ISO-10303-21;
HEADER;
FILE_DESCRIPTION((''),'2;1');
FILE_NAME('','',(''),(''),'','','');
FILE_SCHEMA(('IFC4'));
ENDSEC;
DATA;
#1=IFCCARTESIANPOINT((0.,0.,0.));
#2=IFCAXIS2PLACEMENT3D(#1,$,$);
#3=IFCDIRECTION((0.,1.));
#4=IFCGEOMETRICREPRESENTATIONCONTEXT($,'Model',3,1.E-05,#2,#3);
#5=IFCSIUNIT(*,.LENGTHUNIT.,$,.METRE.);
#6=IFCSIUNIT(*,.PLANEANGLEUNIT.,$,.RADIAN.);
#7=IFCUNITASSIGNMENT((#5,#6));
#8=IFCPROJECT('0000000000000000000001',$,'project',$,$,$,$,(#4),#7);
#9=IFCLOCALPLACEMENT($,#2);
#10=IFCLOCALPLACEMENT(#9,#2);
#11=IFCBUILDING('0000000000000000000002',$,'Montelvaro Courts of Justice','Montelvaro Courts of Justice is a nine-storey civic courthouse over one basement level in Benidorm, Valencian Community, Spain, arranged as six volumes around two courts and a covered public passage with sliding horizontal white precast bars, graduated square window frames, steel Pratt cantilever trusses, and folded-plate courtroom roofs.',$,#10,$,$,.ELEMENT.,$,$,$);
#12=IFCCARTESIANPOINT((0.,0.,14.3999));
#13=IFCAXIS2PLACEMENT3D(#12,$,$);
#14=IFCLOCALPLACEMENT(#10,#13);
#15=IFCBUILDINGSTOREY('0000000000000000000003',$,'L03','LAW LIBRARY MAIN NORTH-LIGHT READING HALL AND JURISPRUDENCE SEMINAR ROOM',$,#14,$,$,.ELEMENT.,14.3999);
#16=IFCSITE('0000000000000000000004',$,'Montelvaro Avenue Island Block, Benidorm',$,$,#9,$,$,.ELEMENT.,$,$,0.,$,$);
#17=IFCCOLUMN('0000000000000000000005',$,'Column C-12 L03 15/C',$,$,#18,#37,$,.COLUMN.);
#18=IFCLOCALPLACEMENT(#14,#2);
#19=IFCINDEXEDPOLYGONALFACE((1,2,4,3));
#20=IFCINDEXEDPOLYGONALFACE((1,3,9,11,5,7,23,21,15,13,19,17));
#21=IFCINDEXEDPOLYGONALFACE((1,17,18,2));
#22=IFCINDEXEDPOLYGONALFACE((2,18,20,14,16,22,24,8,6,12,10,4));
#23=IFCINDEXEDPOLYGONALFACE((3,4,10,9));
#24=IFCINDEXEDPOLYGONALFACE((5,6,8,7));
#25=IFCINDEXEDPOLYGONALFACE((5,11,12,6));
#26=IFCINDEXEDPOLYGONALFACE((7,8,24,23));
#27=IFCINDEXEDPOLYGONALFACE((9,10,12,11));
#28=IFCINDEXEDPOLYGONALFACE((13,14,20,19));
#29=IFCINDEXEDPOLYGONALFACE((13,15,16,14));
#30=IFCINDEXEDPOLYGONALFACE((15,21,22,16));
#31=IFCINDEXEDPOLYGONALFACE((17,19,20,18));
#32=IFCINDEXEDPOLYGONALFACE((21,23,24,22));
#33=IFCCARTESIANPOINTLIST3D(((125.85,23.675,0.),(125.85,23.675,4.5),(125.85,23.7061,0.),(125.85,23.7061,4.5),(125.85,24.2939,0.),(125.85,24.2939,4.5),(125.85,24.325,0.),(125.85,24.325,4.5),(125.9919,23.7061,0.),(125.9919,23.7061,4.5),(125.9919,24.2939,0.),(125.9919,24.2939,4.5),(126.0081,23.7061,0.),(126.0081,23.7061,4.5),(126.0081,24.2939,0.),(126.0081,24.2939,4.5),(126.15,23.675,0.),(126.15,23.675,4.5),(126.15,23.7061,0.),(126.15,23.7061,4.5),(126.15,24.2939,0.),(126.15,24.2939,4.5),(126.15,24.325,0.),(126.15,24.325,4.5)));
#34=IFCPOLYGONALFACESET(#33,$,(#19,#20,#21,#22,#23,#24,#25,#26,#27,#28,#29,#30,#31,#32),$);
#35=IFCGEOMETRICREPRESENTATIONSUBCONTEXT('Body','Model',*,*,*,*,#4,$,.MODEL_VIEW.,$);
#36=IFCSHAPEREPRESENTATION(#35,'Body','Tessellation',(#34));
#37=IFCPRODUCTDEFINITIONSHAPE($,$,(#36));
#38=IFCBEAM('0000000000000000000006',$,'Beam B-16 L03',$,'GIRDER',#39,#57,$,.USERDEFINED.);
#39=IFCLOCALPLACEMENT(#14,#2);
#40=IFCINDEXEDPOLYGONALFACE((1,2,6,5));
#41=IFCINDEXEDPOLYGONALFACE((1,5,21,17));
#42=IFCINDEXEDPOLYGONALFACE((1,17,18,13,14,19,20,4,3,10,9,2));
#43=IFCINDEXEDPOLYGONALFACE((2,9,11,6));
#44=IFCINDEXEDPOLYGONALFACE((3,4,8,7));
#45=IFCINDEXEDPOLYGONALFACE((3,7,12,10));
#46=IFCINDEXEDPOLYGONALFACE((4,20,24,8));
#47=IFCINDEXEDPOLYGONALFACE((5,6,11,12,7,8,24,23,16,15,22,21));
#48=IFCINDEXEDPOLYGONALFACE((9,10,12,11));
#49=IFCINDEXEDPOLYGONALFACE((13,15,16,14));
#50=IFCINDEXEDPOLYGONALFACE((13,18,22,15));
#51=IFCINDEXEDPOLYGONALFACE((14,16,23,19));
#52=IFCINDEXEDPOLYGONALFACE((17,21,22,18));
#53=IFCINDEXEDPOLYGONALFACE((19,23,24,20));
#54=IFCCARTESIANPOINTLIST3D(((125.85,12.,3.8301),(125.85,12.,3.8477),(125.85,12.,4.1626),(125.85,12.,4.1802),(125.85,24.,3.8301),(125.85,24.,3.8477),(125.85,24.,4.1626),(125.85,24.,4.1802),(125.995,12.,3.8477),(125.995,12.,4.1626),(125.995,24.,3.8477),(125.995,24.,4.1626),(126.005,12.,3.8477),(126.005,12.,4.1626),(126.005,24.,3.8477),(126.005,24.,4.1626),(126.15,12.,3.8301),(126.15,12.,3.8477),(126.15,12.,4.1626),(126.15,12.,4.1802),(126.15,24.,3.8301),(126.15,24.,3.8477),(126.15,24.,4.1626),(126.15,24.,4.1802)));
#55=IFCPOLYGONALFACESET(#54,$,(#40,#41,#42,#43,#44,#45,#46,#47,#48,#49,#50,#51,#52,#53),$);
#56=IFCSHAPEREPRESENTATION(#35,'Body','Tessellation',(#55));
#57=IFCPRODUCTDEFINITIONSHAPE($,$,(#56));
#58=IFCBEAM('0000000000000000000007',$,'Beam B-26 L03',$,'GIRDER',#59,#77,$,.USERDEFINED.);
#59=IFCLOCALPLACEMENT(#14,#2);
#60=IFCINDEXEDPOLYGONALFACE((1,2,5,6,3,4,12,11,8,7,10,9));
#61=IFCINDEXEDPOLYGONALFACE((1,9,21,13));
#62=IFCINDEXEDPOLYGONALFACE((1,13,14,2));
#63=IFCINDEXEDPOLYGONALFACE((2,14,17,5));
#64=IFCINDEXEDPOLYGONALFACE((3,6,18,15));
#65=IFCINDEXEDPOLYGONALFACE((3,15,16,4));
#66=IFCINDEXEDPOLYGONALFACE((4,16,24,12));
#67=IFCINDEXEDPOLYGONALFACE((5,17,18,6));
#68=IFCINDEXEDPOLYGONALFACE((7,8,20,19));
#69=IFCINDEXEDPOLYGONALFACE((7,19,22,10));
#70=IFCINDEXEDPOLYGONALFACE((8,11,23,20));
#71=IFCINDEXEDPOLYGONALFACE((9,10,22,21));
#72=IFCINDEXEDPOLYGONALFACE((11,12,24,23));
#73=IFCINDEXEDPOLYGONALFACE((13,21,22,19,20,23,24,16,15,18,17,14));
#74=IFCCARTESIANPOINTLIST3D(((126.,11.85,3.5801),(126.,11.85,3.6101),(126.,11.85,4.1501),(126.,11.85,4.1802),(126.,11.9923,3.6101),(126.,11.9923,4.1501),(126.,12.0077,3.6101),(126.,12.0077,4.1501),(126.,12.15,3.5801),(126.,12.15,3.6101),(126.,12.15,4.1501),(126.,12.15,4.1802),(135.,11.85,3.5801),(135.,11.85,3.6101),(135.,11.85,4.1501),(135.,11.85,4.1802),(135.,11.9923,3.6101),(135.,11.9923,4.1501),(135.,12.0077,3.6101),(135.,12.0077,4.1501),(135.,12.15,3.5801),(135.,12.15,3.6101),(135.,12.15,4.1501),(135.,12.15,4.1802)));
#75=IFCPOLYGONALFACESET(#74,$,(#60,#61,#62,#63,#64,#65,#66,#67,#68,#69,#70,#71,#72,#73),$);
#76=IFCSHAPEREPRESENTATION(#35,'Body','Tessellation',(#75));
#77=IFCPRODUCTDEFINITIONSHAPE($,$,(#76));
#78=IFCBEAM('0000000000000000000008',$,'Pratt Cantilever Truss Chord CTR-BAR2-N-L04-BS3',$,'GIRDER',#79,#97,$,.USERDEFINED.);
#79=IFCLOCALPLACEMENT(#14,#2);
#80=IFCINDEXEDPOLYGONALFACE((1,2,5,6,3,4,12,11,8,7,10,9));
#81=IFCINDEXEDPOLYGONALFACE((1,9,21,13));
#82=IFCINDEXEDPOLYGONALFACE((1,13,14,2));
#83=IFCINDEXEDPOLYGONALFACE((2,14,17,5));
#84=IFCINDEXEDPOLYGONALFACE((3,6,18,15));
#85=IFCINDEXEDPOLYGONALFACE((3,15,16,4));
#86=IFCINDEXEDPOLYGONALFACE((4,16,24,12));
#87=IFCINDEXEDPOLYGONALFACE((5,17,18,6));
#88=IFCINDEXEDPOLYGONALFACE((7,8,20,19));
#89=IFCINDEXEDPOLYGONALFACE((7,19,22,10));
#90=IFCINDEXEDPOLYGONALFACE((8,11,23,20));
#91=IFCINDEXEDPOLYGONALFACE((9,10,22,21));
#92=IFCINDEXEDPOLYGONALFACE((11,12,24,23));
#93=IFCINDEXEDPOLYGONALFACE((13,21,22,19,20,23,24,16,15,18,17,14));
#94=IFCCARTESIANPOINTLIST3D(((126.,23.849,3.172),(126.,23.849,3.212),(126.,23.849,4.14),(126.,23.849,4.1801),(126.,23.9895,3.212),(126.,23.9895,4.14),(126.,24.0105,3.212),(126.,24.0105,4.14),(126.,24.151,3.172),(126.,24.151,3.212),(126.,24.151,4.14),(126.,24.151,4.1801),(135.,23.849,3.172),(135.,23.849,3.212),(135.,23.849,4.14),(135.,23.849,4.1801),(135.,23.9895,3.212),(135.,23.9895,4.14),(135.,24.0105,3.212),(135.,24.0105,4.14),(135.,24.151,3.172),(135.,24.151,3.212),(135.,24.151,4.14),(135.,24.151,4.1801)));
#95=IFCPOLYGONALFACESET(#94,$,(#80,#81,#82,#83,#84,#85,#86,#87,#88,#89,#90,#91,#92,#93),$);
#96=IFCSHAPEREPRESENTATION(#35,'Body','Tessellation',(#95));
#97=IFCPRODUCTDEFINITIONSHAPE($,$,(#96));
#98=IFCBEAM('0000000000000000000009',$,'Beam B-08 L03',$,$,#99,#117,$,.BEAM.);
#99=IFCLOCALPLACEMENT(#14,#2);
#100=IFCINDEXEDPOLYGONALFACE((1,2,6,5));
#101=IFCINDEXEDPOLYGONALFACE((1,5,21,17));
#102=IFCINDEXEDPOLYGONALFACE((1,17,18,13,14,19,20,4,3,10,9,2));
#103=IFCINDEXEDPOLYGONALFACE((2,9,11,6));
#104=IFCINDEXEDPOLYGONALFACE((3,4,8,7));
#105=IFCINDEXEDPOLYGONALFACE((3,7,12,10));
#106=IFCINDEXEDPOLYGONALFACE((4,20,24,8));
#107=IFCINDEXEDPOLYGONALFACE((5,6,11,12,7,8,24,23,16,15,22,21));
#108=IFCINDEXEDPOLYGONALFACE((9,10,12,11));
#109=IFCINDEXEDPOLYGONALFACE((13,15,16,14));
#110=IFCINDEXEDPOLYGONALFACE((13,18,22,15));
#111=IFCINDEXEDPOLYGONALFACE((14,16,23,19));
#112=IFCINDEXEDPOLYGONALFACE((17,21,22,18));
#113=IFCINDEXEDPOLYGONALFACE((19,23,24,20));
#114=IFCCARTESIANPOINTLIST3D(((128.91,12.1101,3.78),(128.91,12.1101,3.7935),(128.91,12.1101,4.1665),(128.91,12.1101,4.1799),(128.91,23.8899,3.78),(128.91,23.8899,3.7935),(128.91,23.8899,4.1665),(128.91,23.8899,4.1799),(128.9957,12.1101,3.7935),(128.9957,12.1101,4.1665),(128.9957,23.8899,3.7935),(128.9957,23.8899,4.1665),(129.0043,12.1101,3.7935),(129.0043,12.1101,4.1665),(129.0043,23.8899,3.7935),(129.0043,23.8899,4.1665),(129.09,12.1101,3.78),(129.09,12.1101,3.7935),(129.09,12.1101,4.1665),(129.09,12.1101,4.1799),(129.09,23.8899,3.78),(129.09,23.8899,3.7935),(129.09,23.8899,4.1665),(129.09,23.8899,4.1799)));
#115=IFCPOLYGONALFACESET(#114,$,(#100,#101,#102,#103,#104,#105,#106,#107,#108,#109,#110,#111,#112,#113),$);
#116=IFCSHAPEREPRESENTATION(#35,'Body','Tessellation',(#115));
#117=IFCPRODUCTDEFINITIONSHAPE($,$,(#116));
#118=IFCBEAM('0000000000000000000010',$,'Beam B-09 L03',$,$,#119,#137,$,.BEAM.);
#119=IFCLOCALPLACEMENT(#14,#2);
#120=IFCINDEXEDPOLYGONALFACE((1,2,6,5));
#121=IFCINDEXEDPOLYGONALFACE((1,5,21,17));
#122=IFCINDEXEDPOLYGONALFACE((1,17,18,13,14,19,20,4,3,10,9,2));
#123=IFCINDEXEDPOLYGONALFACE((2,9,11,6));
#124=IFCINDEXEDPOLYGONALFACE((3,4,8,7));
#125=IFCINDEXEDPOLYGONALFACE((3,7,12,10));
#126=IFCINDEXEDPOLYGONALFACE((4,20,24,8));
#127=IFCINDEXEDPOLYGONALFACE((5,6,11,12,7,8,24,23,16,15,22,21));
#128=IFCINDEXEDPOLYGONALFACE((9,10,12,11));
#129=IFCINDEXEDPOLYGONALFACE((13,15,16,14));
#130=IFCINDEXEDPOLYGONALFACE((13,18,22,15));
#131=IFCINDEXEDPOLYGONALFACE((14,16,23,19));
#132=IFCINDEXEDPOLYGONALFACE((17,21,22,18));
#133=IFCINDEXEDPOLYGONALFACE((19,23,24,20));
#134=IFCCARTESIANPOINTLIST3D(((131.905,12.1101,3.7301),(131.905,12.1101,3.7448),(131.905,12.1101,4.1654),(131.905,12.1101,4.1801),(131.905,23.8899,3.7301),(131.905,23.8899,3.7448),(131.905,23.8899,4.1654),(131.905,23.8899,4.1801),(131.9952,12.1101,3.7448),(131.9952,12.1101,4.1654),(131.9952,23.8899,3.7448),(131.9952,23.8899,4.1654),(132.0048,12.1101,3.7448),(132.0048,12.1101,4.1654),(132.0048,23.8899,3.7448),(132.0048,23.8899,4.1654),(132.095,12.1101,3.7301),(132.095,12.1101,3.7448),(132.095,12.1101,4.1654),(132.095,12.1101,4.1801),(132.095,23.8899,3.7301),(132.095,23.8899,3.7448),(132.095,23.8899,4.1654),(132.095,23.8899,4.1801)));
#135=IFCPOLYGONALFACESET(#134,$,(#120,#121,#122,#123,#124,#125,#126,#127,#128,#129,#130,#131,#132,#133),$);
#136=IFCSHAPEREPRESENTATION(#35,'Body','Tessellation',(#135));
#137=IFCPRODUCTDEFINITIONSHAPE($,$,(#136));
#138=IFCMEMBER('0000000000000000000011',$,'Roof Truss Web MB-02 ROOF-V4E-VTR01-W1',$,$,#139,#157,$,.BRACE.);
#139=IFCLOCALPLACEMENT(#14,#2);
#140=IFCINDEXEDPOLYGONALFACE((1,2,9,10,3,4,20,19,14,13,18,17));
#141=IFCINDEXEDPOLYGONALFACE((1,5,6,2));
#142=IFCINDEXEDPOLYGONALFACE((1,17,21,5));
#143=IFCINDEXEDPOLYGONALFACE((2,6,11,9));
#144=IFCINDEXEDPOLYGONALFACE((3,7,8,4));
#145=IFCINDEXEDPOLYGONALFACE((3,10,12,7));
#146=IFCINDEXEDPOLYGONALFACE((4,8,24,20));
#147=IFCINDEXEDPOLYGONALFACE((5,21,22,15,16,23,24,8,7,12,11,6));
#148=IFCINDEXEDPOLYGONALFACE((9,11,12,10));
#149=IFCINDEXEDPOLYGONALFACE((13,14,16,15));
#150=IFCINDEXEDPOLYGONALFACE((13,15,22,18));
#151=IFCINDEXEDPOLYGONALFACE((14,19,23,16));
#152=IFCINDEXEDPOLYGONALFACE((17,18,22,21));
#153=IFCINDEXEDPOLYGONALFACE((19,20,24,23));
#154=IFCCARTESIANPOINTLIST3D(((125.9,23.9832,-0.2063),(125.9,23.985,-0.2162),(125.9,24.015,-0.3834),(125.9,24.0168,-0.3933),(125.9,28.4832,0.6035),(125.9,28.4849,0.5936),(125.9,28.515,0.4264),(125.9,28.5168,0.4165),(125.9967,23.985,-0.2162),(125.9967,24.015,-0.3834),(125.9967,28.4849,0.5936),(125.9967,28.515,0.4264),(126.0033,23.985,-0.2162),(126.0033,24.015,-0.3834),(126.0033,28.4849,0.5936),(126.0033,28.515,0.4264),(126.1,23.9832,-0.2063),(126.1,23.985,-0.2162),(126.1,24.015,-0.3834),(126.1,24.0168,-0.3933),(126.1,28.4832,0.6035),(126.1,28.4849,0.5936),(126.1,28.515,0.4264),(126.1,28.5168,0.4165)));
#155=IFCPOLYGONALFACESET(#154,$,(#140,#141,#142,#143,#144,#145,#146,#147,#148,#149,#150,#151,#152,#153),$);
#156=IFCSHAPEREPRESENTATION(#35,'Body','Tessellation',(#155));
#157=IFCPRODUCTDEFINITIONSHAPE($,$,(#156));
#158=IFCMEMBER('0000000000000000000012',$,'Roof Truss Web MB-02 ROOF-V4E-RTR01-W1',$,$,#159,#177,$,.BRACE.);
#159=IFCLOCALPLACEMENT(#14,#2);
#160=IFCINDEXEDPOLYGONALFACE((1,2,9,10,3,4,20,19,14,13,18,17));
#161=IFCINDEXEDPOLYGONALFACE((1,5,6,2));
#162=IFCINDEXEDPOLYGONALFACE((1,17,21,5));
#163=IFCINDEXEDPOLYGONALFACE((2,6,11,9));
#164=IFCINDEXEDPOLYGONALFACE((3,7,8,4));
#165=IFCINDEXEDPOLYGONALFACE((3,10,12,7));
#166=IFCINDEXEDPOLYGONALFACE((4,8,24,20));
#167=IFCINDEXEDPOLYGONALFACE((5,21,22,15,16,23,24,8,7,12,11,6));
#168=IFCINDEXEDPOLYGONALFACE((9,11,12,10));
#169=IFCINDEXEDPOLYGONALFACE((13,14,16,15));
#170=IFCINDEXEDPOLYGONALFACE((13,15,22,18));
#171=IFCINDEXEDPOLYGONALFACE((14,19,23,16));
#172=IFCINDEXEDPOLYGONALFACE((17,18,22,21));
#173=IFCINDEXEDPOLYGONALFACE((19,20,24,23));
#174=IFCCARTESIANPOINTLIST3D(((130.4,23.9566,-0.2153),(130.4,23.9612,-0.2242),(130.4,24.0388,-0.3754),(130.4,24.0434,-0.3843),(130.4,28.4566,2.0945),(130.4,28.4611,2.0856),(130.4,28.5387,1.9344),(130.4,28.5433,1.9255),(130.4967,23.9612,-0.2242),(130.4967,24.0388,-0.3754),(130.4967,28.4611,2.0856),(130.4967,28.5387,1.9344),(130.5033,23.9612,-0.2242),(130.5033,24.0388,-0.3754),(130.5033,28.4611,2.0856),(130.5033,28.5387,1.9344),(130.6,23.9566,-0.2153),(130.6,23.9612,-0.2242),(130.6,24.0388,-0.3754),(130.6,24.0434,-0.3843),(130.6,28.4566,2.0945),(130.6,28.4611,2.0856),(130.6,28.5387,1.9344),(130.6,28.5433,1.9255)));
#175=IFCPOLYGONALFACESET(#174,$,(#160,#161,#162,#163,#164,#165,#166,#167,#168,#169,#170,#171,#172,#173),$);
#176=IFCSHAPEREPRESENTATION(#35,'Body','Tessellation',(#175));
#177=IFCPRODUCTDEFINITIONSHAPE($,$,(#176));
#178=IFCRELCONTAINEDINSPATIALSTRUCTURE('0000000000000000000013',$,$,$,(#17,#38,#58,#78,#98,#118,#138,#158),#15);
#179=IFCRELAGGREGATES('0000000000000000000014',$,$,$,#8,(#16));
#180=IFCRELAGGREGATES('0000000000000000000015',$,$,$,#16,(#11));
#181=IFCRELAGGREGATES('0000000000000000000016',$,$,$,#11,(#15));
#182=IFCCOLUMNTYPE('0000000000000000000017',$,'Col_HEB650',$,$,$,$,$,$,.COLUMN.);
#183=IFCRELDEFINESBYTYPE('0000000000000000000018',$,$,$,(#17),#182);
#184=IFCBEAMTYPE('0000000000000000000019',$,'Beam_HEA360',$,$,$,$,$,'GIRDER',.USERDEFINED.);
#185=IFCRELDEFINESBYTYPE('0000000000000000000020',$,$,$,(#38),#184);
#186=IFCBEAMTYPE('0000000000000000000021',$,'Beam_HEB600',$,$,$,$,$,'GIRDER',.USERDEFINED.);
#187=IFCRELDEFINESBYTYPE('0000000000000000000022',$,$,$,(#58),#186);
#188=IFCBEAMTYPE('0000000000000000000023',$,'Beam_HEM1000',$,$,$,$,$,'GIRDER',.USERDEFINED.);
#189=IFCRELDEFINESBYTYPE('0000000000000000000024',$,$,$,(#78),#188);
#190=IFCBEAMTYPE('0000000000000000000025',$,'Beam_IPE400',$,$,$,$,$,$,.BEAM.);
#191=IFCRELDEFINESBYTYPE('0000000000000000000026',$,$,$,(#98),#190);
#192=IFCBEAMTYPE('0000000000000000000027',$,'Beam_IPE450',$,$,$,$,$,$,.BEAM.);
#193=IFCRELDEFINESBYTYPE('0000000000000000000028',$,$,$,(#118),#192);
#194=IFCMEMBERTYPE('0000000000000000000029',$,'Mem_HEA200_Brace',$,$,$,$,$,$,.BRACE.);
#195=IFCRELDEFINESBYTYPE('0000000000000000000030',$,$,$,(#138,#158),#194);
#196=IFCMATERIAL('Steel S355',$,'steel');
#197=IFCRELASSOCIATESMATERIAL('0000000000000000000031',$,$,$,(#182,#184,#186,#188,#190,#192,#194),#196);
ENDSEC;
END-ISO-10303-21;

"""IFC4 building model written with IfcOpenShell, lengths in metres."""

from ifc_helpers import new_model, si_unit, direction, frame, origin, origin_2d, place, context, subcontext, project, spatial, i_section, extrude, material, material_profile, profile_set, type_object, element, save


model = new_model("IFC4")

# Units and contexts
model_context = context("Model", 3, precision=1e-05, world=origin(), true_north=direction((0.0, 1.0)))
body_context = subcontext(model_context, "Body", "Model", "MODEL_VIEW")
ifc_project = project(units=[si_unit("LENGTHUNIT", "METRE"), si_unit("PLANEANGLEUNIT", "RADIAN")], contexts=[model_context])

# Site, building, storey
site_placement = place(None, origin())
site = spatial("IfcSite", under=ifc_project, at=site_placement, Name="Montelvaro Avenue Island Block, Benidorm", CompositionType="ELEMENT", RefElevation=0.0)
building_placement = place(site_placement, origin())
building = spatial("IfcBuilding", under=site, at=building_placement, Name="Montelvaro Courts of Justice", Description="Montelvaro Courts of Justice is a nine-storey civic courthouse over one basement level in Benidorm, Valencian Community, Spain, arranged as six volumes around two courts and a covered public passage with sliding horizontal white precast bars, graduated square window frames, steel Pratt cantilever trusses, and folded-plate courtroom roofs.", CompositionType="ELEMENT")
storey_placement = place(building_placement, frame((0.0, 0.0, 14.3999)))
storey = spatial("IfcBuildingStorey", under=building, at=storey_placement, Name="L03", Description="LAW LIBRARY MAIN NORTH-LIGHT READING HALL AND JURISPRUDENCE SEMINAR ROOM", CompositionType="ELEMENT", Elevation=14.3999)

# Column
ifc_material_1 = material(Name="Steel S355", Category="steel")
ifc_material_profile_1 = material_profile(ifc_material_1, i_section(OverallWidth=0.3, OverallDepth=0.6499, WebThickness=0.0161, FlangeThickness=0.031, at=origin_2d()), Name="HEB 650")
ifc_profile_set_1 = profile_set([ifc_material_profile_1], Name="Steel S355")
column_type = type_object("IfcColumnType", Name="Col_HEB650", PredefinedType="COLUMN", material=ifc_profile_set_1)
column_placement = place(storey_placement, frame((126.0, 24.0, 0.0), z_axis=(0.0, 0.0, 1.0), x_axis=(1.0, 0.0, 0.0)))
element("IfcColumn", 1, at=column_placement, inside=storey, type_object=column_type, Name="Column C-12 L03 15/C", PredefinedType="COLUMN", context=body_context, shape_type="SweptSolid", body=[
    extrude(i_section(OverallWidth=0.3, OverallDepth=0.6499, WebThickness=0.0161, FlangeThickness=0.031, at=origin_2d()), origin(), (0.0, 0.0, 1.0), 4.5),
])

# Beams
ifc_material_profile_2 = material_profile(ifc_material_1, i_section(OverallWidth=0.3, OverallDepth=0.3501, WebThickness=0.01, FlangeThickness=0.0176, at=origin_2d()), Name="HEA 360")
ifc_profile_set_2 = profile_set([ifc_material_profile_2], Name="Steel S355")
beam_type_1 = type_object("IfcBeamType", Name="Beam_HEA360", ElementType="GIRDER", PredefinedType="USERDEFINED", material=ifc_profile_set_2)
beam_1_placement = place(storey_placement, frame((126.0, 12.0, 4.0051), z_axis=(0.0, 1.0, 0.0), x_axis=(-1.0, 0.0, 0.0)))
element("IfcBeam", 2, at=beam_1_placement, inside=storey, type_object=beam_type_1, Name="Beam B-16 L03", ObjectType="GIRDER", PredefinedType="USERDEFINED", context=body_context, shape_type="SweptSolid", body=[
    extrude(i_section(OverallWidth=0.3, OverallDepth=0.3501, WebThickness=0.01, FlangeThickness=0.0176, at=origin_2d()), origin(), (0.0, 0.0, 1.0), 12.0),
])
ifc_material_profile_3 = material_profile(ifc_material_1, i_section(OverallWidth=0.3, OverallDepth=0.6001, WebThickness=0.0154, FlangeThickness=0.03, at=origin_2d()), Name="HEB 600")
ifc_profile_set_3 = profile_set([ifc_material_profile_3], Name="Steel S355")
beam_type_2 = type_object("IfcBeamType", Name="Beam_HEB600", ElementType="GIRDER", PredefinedType="USERDEFINED", material=ifc_profile_set_3)
beam_2_placement = place(storey_placement, frame((126.0, 12.0, 3.8801), z_axis=(1.0, 0.0, 0.0), x_axis=(0.0, 1.0, 0.0)))
element("IfcBeam", 3, at=beam_2_placement, inside=storey, type_object=beam_type_2, Name="Beam B-26 L03", ObjectType="GIRDER", PredefinedType="USERDEFINED", context=body_context, shape_type="SweptSolid", body=[
    extrude(i_section(OverallWidth=0.3, OverallDepth=0.6001, WebThickness=0.0154, FlangeThickness=0.03, at=origin_2d()), origin(), (0.0, 0.0, 1.0), 9.0),
])
ifc_material_profile_4 = material_profile(ifc_material_1, i_section(OverallWidth=0.302, OverallDepth=1.0081, WebThickness=0.021, FlangeThickness=0.04, at=origin_2d()), Name="HEM 1000")
ifc_profile_set_4 = profile_set([ifc_material_profile_4], Name="Steel S355")
beam_type_3 = type_object("IfcBeamType", Name="Beam_HEM1000", ElementType="GIRDER", PredefinedType="USERDEFINED", material=ifc_profile_set_4)
beam_3_placement = place(storey_placement, frame((126.0, 24.0, 3.676), z_axis=(1.0, 0.0, 0.0), x_axis=(0.0, 1.0, 0.0)))
element("IfcBeam", 4, at=beam_3_placement, inside=storey, type_object=beam_type_3, Name="Pratt Cantilever Truss Chord CTR-BAR2-N-L04-BS3", ObjectType="GIRDER", PredefinedType="USERDEFINED", context=body_context, shape_type="SweptSolid", body=[
    extrude(i_section(OverallWidth=0.302, OverallDepth=1.0081, WebThickness=0.021, FlangeThickness=0.04, at=origin_2d()), origin(), (0.0, 0.0, 1.0), 9.0),
])
ifc_material_profile_5 = material_profile(ifc_material_1, i_section(OverallWidth=0.1799, OverallDepth=0.3999, WebThickness=0.0085, FlangeThickness=0.0134, at=origin_2d()), Name="IPE 400")
ifc_profile_set_5 = profile_set([ifc_material_profile_5], Name="Steel S355")
beam_type_4 = type_object("IfcBeamType", Name="Beam_IPE400", PredefinedType="BEAM", material=ifc_profile_set_5)
beam_4_placement = place(storey_placement, frame((129.0, 12.1101, 3.98), z_axis=(0.0, 1.0, 0.0), x_axis=(-1.0, 0.0, 0.0)))
element("IfcBeam", 5, at=beam_4_placement, inside=storey, type_object=beam_type_4, Name="Beam B-08 L03", PredefinedType="BEAM", context=body_context, shape_type="SweptSolid", body=[
    extrude(i_section(OverallWidth=0.1799, OverallDepth=0.3999, WebThickness=0.0085, FlangeThickness=0.0134, at=origin_2d()), origin(), (0.0, 0.0, 1.0), 11.7798),
])
ifc_material_profile_6 = material_profile(ifc_material_1, i_section(OverallWidth=0.1899, OverallDepth=0.45, WebThickness=0.0095, FlangeThickness=0.0146, at=origin_2d()), Name="IPE 450")
ifc_profile_set_6 = profile_set([ifc_material_profile_6], Name="Steel S355")
beam_type_5 = type_object("IfcBeamType", Name="Beam_IPE450", PredefinedType="BEAM", material=ifc_profile_set_6)
beam_5_placement = place(storey_placement, frame((132.0, 12.1101, 3.9551), z_axis=(0.0, 1.0, 0.0), x_axis=(-1.0, 0.0, 0.0)))
element("IfcBeam", 6, at=beam_5_placement, inside=storey, type_object=beam_type_5, Name="Beam B-09 L03", PredefinedType="BEAM", context=body_context, shape_type="SweptSolid", body=[
    extrude(i_section(OverallWidth=0.1899, OverallDepth=0.45, WebThickness=0.0095, FlangeThickness=0.0146, at=origin_2d()), origin(), (0.0, 0.0, 1.0), 11.7798),
])

# Members
ifc_material_profile_7 = material_profile(ifc_material_1, i_section(OverallWidth=0.2, OverallDepth=0.1899, WebThickness=0.0066, FlangeThickness=0.01, at=origin_2d()), Name="HEA 200")
ifc_profile_set_7 = profile_set([ifc_material_profile_7], Name="Steel S355")
member_type_1 = type_object("IfcMemberType", Name="Mem_HEA200_Brace", PredefinedType="BRACE", material=ifc_profile_set_7)
member_1_placement = place(storey_placement, frame((126.0, 24.0, -0.2998), z_axis=(0.0, 0.98419, 0.177114), x_axis=(-1.0, 0.0, 0.0)))
element("IfcMember", 7, at=member_1_placement, inside=storey, type_object=member_type_1, Name="Roof Truss Web MB-02 ROOF-V4E-VTR01-W1", PredefinedType="BRACE", context=body_context, shape_type="SweptSolid", body=[
    extrude(i_section(OverallWidth=0.2, OverallDepth=0.1899, WebThickness=0.0066, FlangeThickness=0.01, at=origin_2d()), origin(), (0.0, 0.0, 1.0), 4.5723),
])
member_2_placement = place(storey_placement, frame((130.5, 24.0, -0.2998), z_axis=(0.0, 0.889647, 0.456649), x_axis=(-1.0, 0.0, 0.0)))
element("IfcMember", 8, at=member_2_placement, inside=storey, type_object=member_type_1, Name="Roof Truss Web MB-02 ROOF-V4E-RTR01-W1", PredefinedType="BRACE", context=body_context, shape_type="SweptSolid", body=[
    extrude(i_section(OverallWidth=0.2, OverallDepth=0.1899, WebThickness=0.0066, FlangeThickness=0.01, at=origin_2d()), origin(), (0.0, 0.0, 1.0), 5.0581),
])

save(model, "model.ifc")
